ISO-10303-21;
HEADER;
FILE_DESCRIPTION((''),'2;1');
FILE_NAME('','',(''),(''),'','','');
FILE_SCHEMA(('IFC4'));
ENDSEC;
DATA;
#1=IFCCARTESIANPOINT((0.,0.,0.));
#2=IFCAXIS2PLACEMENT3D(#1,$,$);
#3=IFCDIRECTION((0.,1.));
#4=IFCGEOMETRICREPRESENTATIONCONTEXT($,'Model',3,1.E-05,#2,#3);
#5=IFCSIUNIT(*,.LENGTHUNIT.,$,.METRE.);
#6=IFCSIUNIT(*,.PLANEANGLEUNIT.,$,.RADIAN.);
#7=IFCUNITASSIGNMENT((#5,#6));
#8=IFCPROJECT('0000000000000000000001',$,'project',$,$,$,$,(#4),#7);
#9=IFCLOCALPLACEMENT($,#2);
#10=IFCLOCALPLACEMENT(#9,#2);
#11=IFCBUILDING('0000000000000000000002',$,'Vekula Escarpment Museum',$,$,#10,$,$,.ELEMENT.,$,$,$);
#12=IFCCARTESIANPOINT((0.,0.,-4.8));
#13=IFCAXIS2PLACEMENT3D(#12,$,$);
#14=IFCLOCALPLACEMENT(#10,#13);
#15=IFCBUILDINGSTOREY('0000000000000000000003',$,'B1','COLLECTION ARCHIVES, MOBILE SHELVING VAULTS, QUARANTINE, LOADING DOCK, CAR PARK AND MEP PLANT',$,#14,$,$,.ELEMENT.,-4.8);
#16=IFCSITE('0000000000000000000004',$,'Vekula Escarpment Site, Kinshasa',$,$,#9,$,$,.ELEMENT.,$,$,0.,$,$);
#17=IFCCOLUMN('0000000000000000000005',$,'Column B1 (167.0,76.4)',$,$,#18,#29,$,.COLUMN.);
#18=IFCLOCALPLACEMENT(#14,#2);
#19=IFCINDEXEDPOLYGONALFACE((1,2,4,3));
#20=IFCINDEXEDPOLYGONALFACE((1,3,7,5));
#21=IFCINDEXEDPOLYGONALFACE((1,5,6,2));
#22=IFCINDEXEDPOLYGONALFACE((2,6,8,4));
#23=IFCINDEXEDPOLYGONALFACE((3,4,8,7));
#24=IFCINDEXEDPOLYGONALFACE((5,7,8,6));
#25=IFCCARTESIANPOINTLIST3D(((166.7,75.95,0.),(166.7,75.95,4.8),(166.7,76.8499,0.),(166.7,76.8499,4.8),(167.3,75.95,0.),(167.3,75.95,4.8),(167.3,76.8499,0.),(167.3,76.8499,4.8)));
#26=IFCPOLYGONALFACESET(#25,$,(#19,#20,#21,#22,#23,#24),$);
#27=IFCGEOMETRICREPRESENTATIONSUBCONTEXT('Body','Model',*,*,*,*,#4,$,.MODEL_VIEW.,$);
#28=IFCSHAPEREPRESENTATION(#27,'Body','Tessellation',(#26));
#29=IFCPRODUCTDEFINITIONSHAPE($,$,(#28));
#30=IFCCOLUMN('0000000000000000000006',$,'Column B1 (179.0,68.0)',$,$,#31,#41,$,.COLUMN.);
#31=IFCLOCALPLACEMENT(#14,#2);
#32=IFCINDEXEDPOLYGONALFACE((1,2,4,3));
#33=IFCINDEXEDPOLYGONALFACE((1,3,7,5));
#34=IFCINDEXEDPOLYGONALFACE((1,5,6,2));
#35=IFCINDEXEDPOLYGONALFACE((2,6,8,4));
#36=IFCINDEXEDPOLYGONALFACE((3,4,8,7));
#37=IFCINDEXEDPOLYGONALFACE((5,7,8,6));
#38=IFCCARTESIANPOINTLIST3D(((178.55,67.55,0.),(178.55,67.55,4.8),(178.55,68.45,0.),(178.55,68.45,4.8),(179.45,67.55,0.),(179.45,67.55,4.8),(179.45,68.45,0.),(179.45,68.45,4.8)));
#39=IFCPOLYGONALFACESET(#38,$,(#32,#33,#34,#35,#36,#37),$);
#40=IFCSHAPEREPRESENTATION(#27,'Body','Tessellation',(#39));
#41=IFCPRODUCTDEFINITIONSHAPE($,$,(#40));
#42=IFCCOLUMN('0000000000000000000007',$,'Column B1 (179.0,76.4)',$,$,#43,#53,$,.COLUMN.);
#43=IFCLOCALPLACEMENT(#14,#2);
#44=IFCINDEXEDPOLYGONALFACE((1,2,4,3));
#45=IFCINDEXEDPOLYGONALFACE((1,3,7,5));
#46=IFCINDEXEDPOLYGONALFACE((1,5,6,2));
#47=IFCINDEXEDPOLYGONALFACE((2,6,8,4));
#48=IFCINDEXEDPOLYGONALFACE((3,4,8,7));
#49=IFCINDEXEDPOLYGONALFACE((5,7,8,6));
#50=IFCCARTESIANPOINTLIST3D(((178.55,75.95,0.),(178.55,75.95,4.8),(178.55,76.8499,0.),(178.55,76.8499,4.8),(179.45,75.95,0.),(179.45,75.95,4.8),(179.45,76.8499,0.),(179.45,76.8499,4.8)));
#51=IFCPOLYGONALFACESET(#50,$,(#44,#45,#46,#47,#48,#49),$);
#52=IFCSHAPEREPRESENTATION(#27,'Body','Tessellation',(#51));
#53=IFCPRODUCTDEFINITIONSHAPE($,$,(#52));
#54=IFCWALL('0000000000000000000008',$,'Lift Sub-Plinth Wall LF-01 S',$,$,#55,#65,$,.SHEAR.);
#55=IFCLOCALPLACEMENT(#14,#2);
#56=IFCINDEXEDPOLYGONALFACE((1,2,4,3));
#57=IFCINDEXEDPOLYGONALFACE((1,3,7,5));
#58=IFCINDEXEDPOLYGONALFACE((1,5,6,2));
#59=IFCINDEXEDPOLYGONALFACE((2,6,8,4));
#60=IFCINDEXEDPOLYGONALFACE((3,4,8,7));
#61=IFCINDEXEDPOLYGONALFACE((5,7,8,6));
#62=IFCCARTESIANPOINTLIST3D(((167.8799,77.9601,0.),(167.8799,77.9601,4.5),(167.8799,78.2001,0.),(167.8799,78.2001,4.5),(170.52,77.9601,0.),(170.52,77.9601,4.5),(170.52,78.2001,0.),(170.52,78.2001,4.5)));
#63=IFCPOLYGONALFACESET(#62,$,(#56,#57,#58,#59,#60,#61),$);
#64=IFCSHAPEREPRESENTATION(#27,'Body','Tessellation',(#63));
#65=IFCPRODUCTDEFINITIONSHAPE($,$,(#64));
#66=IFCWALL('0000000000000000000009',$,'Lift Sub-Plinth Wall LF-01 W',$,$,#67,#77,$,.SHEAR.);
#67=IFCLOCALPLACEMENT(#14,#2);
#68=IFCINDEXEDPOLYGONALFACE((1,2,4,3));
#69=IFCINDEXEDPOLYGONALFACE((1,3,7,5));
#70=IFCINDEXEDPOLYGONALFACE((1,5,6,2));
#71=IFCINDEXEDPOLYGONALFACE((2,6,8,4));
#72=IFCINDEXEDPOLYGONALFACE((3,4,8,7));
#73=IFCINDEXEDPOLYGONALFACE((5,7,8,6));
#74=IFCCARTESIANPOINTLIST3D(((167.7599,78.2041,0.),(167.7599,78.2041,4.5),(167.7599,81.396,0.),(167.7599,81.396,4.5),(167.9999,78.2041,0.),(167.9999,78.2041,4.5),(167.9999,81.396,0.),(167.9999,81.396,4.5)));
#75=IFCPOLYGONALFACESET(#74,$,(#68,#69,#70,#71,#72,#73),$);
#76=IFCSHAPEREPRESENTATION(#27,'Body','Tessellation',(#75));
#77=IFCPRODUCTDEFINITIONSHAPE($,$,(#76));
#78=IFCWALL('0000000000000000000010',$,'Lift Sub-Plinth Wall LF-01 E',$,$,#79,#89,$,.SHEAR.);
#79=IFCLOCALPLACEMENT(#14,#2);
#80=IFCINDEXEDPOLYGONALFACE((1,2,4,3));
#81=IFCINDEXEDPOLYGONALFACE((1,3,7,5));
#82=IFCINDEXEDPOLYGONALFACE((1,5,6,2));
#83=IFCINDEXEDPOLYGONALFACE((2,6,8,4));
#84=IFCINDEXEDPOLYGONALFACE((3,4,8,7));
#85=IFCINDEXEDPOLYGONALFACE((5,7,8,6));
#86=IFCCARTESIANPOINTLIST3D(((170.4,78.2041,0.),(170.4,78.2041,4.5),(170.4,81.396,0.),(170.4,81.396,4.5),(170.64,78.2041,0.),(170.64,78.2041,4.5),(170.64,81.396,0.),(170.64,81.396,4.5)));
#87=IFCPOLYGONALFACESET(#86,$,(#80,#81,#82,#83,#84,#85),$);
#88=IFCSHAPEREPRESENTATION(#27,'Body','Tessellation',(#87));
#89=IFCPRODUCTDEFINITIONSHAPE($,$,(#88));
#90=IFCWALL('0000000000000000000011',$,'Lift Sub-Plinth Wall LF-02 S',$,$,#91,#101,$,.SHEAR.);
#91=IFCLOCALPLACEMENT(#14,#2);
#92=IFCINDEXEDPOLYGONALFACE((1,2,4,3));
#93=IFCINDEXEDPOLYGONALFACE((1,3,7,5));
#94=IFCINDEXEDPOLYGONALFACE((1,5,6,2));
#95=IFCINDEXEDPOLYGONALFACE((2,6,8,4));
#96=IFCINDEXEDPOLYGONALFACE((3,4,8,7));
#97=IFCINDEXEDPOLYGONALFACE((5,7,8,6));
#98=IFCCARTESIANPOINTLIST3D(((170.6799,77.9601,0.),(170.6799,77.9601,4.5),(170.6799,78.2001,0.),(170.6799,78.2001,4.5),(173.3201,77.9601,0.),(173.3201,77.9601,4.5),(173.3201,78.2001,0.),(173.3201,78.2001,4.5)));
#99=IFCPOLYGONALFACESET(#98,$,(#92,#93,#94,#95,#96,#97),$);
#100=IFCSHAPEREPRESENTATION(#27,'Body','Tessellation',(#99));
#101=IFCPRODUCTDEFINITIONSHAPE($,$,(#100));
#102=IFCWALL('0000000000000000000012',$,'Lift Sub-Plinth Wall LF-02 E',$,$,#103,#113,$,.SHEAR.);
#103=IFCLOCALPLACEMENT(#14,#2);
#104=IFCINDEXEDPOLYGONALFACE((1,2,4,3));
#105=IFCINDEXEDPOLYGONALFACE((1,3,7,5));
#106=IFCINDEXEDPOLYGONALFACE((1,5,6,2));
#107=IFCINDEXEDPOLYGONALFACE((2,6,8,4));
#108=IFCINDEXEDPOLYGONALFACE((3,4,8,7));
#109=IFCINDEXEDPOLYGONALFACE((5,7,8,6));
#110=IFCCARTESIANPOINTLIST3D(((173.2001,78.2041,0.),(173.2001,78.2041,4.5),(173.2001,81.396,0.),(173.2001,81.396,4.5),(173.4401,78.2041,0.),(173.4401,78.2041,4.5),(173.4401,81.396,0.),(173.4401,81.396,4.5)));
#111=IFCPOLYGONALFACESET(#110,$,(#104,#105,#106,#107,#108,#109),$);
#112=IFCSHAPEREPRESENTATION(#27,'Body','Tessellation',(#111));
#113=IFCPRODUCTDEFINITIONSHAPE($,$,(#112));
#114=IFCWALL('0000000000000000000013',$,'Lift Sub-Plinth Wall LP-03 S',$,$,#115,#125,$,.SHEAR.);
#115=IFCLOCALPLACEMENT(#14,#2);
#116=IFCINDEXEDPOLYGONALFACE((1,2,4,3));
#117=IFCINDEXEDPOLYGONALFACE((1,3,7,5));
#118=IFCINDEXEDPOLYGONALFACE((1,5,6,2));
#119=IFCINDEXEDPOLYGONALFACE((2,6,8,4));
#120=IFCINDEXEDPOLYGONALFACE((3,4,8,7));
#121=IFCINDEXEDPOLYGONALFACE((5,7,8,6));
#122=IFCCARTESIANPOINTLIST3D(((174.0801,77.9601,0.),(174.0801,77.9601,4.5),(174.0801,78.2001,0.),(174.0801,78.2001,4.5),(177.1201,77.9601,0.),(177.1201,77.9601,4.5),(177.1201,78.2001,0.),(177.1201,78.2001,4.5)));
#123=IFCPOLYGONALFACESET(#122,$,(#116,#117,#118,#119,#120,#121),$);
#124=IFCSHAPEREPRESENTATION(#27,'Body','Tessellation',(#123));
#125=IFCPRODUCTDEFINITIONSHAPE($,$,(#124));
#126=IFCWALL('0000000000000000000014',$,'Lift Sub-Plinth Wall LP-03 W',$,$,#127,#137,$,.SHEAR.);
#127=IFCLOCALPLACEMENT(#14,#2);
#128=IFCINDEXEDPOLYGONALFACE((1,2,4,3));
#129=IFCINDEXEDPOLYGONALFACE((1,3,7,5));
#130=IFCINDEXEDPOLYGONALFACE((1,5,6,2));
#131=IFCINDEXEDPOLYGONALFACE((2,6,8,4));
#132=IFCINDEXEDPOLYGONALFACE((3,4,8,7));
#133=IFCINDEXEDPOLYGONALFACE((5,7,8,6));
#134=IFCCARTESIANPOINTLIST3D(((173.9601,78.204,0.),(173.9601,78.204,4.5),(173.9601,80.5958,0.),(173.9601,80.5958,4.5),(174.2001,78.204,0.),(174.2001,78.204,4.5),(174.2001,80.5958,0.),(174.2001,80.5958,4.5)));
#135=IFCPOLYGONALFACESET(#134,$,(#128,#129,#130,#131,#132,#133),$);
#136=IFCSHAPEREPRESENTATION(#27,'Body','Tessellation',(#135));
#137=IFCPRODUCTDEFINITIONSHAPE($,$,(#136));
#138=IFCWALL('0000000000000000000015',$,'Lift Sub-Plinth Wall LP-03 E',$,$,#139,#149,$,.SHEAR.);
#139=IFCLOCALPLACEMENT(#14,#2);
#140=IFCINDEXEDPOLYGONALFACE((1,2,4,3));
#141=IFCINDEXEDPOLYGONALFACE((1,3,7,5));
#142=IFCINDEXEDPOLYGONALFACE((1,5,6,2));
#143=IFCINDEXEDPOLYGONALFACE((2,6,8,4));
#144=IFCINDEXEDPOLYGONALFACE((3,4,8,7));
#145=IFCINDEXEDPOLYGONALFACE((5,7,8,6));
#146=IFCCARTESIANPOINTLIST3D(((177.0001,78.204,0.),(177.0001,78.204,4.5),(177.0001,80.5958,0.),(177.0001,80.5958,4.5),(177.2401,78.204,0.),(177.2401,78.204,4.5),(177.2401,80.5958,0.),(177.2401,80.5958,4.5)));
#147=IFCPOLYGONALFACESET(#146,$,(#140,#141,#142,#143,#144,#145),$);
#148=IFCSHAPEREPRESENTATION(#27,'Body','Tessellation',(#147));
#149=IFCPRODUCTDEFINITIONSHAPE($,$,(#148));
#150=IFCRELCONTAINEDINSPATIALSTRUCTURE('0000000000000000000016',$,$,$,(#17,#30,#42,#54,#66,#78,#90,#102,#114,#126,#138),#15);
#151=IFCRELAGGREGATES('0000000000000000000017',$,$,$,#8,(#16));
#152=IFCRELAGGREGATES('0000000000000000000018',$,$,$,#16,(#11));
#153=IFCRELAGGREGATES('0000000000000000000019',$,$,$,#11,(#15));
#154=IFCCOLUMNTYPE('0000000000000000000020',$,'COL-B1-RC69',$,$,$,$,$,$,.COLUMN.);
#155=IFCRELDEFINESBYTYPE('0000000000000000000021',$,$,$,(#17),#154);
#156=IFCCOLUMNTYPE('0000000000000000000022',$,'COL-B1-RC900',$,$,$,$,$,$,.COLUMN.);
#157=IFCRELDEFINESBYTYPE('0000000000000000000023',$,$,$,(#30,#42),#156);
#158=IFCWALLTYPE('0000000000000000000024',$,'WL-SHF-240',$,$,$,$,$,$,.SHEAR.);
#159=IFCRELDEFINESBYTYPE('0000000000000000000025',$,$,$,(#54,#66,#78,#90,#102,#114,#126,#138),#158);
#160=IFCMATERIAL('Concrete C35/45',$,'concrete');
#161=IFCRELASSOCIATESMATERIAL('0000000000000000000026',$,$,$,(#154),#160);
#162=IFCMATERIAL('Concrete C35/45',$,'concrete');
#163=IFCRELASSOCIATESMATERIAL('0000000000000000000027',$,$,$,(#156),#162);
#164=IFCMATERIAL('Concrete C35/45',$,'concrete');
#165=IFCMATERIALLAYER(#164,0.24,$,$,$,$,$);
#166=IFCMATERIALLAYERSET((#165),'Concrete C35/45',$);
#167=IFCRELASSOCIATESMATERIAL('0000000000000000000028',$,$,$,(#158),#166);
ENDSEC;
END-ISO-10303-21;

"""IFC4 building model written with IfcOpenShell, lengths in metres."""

from ifc_helpers import new_model, si_unit, direction, frame, frame_2d, origin, origin_2d, place, context, subcontext, project, spatial, rectangle, extrude, material, layer, layer_set, material_profile, profile_set, type_object, element, save


model = new_model("IFC4")

# Units and contexts
model_context = context("Model", 3, precision=1e-05, world=origin(), true_north=direction((0.0, 1.0)))
body_context = subcontext(model_context, "Body", "Model", "MODEL_VIEW")
ifc_project = project(units=[si_unit("LENGTHUNIT", "METRE"), si_unit("PLANEANGLEUNIT", "RADIAN")], contexts=[model_context])

# Site, building, storey
site_placement = place(None, origin())
site = spatial("IfcSite", under=ifc_project, at=site_placement, Name="Vekula Escarpment Site, Kinshasa", CompositionType="ELEMENT", RefElevation=0.0)
building_placement = place(site_placement, origin())
building = spatial("IfcBuilding", under=site, at=building_placement, Name="Vekula Escarpment Museum", CompositionType="ELEMENT")
storey_placement = place(building_placement, frame((0.0, 0.0, -4.8)))
storey = spatial("IfcBuildingStorey", under=building, at=storey_placement, Name="B1", Description="COLLECTION ARCHIVES, MOBILE SHELVING VAULTS, QUARANTINE, LOADING DOCK, CAR PARK AND MEP PLANT", CompositionType="ELEMENT", Elevation=-4.8)

# Columns
ifc_material_1 = material(Name="Concrete C35/45", Category="concrete")
ifc_material_profile_1 = material_profile(ifc_material_1, rectangle(XDim=0.6001, YDim=0.8999, at=origin_2d()), Name="RC 600x900")
ifc_profile_set_1 = profile_set([ifc_material_profile_1], Name="Concrete C35/45")
column_type_1 = type_object("IfcColumnType", Name="COL-B1-RC69", PredefinedType="COLUMN", material=ifc_profile_set_1)
column_placement = place(storey_placement, frame((167.0, 76.3999, 0.0), z_axis=(0.0, 0.0, 1.0), x_axis=(1.0, 0.0, 0.0)))
element("IfcColumn", 1, at=column_placement, inside=storey, type_object=column_type_1, Name="Column B1 (167.0,76.4)", PredefinedType="COLUMN", context=body_context, shape_type="SweptSolid", body=[
    extrude(rectangle(XDim=0.6001, YDim=0.8999, at=origin_2d()), origin(), (0.0, 0.0, 1.0), 4.8),
])
ifc_material_2 = material(Name="Concrete C35/45", Category="concrete")
ifc_material_profile_2 = material_profile(ifc_material_2, rectangle(XDim=0.8999, YDim=0.8999, at=origin_2d()), Name="RC 900x900")
ifc_profile_set_2 = profile_set([ifc_material_profile_2], Name="Concrete C35/45")
column_type_2 = type_object("IfcColumnType", Name="COL-B1-RC900", PredefinedType="COLUMN", material=ifc_profile_set_2)
for number, where, z_axis, x_axis, name in (
    (2, (179.0, 68.0, 0.0), (0.0, 0.0, 1.0), (1.0, 0.0, 0.0), "Column B1 (179.0,68.0)"),
    (3, (179.0, 76.3999, 0.0), (0.0, 0.0, 1.0), (1.0, 0.0, 0.0), "Column B1 (179.0,76.4)"),
):
    element("IfcColumn", number, at=place(storey_placement, frame(where, z_axis=z_axis, x_axis=x_axis)), inside=storey, type_object=column_type_2, Name=name, PredefinedType="COLUMN", context=body_context, shape_type="SweptSolid", body=[
        extrude(rectangle(XDim=0.8999, YDim=0.8999, at=origin_2d()), origin(), (0.0, 0.0, 1.0), 4.8),
    ])

# Walls
ifc_material_3 = material(Name="Concrete C35/45", Category="concrete")
ifc_layer = layer(ifc_material_3, 0.24)
ifc_layer_set = layer_set([ifc_layer], Name="Concrete C35/45")
wall_type = type_object("IfcWallType", Name="WL-SHF-240", PredefinedType="SHEAR", material=ifc_layer_set)
wall_1_placement = place(storey_placement, frame((167.8799, 78.0801, 0.0), z_axis=(0.0, 0.0, 1.0), x_axis=(1.0, 0.0, 0.0)))
element("IfcWall", 4, at=wall_1_placement, inside=storey, type_object=wall_type, Name="Lift Sub-Plinth Wall LF-01 S", PredefinedType="SHEAR", context=body_context, shape_type="SweptSolid", body=[
    extrude(rectangle(XDim=2.6401, YDim=0.24, at=frame_2d((1.3201, 0.0))), origin(), (0.0, 0.0, 1.0), 4.5),
])
for number, where, z_axis, x_axis, name in (
    (5, (167.8799, 78.2041, 0.0), (0.0, 0.0, 1.0), (0.0, 1.0, 0.0), "Lift Sub-Plinth Wall LF-01 W"),
    (6, (170.52, 78.2041, 0.0), (0.0, 0.0, 1.0), (0.0, 1.0, 0.0), "Lift Sub-Plinth Wall LF-01 E"),
):
    element("IfcWall", number, at=place(storey_placement, frame(where, z_axis=z_axis, x_axis=x_axis)), inside=storey, type_object=wall_type, Name=name, PredefinedType="SHEAR", context=body_context, shape_type="SweptSolid", body=[
        extrude(rectangle(XDim=3.1919, YDim=0.24, at=frame_2d((1.5959, 0.0))), origin(), (0.0, 0.0, 1.0), 4.5),
    ])
wall_2_placement = place(storey_placement, frame((170.6799, 78.0801, 0.0), z_axis=(0.0, 0.0, 1.0), x_axis=(1.0, 0.0, 0.0)))
element("IfcWall", 7, at=wall_2_placement, inside=storey, type_object=wall_type, Name="Lift Sub-Plinth Wall LF-02 S", PredefinedType="SHEAR", context=body_context, shape_type="SweptSolid", body=[
    extrude(rectangle(XDim=2.6401, YDim=0.24, at=frame_2d((1.3201, 0.0))), origin(), (0.0, 0.0, 1.0), 4.5),
])
wall_3_placement = place(storey_placement, frame((173.3201, 78.2041, 0.0), z_axis=(0.0, 0.0, 1.0), x_axis=(0.0, 1.0, 0.0)))
element("IfcWall", 8, at=wall_3_placement, inside=storey, type_object=wall_type, Name="Lift Sub-Plinth Wall LF-02 E", PredefinedType="SHEAR", context=body_context, shape_type="SweptSolid", body=[
    extrude(rectangle(XDim=3.1919, YDim=0.24, at=frame_2d((1.5959, 0.0))), origin(), (0.0, 0.0, 1.0), 4.5),
])
wall_4_placement = place(storey_placement, frame((174.0801, 78.0801, 0.0), z_axis=(0.0, 0.0, 1.0), x_axis=(1.0, 0.0, 0.0)))
element("IfcWall", 9, at=wall_4_placement, inside=storey, type_object=wall_type, Name="Lift Sub-Plinth Wall LP-03 S", PredefinedType="SHEAR", context=body_context, shape_type="SweptSolid", body=[
    extrude(rectangle(XDim=3.04, YDim=0.24, at=frame_2d((1.52, 0.0))), origin(), (0.0, 0.0, 1.0), 4.5),
])
for number, where, z_axis, x_axis, name in (
    (10, (174.0801, 78.2041, 0.0), (0.0, 0.0, 1.0), (0.0, 1.0, 0.0), "Lift Sub-Plinth Wall LP-03 W"),
    (11, (177.1201, 78.2041, 0.0), (0.0, 0.0, 1.0), (0.0, 1.0, 0.0), "Lift Sub-Plinth Wall LP-03 E"),
):
    element("IfcWall", number, at=place(storey_placement, frame(where, z_axis=z_axis, x_axis=x_axis)), inside=storey, type_object=wall_type, Name=name, PredefinedType="SHEAR", context=body_context, shape_type="SweptSolid", body=[
        extrude(rectangle(XDim=2.3918, YDim=0.24, at=frame_2d((1.1958, 0.0))), origin(), (0.0, 0.0, 1.0), 4.5),
    ])

save(model, "model.ifc")
